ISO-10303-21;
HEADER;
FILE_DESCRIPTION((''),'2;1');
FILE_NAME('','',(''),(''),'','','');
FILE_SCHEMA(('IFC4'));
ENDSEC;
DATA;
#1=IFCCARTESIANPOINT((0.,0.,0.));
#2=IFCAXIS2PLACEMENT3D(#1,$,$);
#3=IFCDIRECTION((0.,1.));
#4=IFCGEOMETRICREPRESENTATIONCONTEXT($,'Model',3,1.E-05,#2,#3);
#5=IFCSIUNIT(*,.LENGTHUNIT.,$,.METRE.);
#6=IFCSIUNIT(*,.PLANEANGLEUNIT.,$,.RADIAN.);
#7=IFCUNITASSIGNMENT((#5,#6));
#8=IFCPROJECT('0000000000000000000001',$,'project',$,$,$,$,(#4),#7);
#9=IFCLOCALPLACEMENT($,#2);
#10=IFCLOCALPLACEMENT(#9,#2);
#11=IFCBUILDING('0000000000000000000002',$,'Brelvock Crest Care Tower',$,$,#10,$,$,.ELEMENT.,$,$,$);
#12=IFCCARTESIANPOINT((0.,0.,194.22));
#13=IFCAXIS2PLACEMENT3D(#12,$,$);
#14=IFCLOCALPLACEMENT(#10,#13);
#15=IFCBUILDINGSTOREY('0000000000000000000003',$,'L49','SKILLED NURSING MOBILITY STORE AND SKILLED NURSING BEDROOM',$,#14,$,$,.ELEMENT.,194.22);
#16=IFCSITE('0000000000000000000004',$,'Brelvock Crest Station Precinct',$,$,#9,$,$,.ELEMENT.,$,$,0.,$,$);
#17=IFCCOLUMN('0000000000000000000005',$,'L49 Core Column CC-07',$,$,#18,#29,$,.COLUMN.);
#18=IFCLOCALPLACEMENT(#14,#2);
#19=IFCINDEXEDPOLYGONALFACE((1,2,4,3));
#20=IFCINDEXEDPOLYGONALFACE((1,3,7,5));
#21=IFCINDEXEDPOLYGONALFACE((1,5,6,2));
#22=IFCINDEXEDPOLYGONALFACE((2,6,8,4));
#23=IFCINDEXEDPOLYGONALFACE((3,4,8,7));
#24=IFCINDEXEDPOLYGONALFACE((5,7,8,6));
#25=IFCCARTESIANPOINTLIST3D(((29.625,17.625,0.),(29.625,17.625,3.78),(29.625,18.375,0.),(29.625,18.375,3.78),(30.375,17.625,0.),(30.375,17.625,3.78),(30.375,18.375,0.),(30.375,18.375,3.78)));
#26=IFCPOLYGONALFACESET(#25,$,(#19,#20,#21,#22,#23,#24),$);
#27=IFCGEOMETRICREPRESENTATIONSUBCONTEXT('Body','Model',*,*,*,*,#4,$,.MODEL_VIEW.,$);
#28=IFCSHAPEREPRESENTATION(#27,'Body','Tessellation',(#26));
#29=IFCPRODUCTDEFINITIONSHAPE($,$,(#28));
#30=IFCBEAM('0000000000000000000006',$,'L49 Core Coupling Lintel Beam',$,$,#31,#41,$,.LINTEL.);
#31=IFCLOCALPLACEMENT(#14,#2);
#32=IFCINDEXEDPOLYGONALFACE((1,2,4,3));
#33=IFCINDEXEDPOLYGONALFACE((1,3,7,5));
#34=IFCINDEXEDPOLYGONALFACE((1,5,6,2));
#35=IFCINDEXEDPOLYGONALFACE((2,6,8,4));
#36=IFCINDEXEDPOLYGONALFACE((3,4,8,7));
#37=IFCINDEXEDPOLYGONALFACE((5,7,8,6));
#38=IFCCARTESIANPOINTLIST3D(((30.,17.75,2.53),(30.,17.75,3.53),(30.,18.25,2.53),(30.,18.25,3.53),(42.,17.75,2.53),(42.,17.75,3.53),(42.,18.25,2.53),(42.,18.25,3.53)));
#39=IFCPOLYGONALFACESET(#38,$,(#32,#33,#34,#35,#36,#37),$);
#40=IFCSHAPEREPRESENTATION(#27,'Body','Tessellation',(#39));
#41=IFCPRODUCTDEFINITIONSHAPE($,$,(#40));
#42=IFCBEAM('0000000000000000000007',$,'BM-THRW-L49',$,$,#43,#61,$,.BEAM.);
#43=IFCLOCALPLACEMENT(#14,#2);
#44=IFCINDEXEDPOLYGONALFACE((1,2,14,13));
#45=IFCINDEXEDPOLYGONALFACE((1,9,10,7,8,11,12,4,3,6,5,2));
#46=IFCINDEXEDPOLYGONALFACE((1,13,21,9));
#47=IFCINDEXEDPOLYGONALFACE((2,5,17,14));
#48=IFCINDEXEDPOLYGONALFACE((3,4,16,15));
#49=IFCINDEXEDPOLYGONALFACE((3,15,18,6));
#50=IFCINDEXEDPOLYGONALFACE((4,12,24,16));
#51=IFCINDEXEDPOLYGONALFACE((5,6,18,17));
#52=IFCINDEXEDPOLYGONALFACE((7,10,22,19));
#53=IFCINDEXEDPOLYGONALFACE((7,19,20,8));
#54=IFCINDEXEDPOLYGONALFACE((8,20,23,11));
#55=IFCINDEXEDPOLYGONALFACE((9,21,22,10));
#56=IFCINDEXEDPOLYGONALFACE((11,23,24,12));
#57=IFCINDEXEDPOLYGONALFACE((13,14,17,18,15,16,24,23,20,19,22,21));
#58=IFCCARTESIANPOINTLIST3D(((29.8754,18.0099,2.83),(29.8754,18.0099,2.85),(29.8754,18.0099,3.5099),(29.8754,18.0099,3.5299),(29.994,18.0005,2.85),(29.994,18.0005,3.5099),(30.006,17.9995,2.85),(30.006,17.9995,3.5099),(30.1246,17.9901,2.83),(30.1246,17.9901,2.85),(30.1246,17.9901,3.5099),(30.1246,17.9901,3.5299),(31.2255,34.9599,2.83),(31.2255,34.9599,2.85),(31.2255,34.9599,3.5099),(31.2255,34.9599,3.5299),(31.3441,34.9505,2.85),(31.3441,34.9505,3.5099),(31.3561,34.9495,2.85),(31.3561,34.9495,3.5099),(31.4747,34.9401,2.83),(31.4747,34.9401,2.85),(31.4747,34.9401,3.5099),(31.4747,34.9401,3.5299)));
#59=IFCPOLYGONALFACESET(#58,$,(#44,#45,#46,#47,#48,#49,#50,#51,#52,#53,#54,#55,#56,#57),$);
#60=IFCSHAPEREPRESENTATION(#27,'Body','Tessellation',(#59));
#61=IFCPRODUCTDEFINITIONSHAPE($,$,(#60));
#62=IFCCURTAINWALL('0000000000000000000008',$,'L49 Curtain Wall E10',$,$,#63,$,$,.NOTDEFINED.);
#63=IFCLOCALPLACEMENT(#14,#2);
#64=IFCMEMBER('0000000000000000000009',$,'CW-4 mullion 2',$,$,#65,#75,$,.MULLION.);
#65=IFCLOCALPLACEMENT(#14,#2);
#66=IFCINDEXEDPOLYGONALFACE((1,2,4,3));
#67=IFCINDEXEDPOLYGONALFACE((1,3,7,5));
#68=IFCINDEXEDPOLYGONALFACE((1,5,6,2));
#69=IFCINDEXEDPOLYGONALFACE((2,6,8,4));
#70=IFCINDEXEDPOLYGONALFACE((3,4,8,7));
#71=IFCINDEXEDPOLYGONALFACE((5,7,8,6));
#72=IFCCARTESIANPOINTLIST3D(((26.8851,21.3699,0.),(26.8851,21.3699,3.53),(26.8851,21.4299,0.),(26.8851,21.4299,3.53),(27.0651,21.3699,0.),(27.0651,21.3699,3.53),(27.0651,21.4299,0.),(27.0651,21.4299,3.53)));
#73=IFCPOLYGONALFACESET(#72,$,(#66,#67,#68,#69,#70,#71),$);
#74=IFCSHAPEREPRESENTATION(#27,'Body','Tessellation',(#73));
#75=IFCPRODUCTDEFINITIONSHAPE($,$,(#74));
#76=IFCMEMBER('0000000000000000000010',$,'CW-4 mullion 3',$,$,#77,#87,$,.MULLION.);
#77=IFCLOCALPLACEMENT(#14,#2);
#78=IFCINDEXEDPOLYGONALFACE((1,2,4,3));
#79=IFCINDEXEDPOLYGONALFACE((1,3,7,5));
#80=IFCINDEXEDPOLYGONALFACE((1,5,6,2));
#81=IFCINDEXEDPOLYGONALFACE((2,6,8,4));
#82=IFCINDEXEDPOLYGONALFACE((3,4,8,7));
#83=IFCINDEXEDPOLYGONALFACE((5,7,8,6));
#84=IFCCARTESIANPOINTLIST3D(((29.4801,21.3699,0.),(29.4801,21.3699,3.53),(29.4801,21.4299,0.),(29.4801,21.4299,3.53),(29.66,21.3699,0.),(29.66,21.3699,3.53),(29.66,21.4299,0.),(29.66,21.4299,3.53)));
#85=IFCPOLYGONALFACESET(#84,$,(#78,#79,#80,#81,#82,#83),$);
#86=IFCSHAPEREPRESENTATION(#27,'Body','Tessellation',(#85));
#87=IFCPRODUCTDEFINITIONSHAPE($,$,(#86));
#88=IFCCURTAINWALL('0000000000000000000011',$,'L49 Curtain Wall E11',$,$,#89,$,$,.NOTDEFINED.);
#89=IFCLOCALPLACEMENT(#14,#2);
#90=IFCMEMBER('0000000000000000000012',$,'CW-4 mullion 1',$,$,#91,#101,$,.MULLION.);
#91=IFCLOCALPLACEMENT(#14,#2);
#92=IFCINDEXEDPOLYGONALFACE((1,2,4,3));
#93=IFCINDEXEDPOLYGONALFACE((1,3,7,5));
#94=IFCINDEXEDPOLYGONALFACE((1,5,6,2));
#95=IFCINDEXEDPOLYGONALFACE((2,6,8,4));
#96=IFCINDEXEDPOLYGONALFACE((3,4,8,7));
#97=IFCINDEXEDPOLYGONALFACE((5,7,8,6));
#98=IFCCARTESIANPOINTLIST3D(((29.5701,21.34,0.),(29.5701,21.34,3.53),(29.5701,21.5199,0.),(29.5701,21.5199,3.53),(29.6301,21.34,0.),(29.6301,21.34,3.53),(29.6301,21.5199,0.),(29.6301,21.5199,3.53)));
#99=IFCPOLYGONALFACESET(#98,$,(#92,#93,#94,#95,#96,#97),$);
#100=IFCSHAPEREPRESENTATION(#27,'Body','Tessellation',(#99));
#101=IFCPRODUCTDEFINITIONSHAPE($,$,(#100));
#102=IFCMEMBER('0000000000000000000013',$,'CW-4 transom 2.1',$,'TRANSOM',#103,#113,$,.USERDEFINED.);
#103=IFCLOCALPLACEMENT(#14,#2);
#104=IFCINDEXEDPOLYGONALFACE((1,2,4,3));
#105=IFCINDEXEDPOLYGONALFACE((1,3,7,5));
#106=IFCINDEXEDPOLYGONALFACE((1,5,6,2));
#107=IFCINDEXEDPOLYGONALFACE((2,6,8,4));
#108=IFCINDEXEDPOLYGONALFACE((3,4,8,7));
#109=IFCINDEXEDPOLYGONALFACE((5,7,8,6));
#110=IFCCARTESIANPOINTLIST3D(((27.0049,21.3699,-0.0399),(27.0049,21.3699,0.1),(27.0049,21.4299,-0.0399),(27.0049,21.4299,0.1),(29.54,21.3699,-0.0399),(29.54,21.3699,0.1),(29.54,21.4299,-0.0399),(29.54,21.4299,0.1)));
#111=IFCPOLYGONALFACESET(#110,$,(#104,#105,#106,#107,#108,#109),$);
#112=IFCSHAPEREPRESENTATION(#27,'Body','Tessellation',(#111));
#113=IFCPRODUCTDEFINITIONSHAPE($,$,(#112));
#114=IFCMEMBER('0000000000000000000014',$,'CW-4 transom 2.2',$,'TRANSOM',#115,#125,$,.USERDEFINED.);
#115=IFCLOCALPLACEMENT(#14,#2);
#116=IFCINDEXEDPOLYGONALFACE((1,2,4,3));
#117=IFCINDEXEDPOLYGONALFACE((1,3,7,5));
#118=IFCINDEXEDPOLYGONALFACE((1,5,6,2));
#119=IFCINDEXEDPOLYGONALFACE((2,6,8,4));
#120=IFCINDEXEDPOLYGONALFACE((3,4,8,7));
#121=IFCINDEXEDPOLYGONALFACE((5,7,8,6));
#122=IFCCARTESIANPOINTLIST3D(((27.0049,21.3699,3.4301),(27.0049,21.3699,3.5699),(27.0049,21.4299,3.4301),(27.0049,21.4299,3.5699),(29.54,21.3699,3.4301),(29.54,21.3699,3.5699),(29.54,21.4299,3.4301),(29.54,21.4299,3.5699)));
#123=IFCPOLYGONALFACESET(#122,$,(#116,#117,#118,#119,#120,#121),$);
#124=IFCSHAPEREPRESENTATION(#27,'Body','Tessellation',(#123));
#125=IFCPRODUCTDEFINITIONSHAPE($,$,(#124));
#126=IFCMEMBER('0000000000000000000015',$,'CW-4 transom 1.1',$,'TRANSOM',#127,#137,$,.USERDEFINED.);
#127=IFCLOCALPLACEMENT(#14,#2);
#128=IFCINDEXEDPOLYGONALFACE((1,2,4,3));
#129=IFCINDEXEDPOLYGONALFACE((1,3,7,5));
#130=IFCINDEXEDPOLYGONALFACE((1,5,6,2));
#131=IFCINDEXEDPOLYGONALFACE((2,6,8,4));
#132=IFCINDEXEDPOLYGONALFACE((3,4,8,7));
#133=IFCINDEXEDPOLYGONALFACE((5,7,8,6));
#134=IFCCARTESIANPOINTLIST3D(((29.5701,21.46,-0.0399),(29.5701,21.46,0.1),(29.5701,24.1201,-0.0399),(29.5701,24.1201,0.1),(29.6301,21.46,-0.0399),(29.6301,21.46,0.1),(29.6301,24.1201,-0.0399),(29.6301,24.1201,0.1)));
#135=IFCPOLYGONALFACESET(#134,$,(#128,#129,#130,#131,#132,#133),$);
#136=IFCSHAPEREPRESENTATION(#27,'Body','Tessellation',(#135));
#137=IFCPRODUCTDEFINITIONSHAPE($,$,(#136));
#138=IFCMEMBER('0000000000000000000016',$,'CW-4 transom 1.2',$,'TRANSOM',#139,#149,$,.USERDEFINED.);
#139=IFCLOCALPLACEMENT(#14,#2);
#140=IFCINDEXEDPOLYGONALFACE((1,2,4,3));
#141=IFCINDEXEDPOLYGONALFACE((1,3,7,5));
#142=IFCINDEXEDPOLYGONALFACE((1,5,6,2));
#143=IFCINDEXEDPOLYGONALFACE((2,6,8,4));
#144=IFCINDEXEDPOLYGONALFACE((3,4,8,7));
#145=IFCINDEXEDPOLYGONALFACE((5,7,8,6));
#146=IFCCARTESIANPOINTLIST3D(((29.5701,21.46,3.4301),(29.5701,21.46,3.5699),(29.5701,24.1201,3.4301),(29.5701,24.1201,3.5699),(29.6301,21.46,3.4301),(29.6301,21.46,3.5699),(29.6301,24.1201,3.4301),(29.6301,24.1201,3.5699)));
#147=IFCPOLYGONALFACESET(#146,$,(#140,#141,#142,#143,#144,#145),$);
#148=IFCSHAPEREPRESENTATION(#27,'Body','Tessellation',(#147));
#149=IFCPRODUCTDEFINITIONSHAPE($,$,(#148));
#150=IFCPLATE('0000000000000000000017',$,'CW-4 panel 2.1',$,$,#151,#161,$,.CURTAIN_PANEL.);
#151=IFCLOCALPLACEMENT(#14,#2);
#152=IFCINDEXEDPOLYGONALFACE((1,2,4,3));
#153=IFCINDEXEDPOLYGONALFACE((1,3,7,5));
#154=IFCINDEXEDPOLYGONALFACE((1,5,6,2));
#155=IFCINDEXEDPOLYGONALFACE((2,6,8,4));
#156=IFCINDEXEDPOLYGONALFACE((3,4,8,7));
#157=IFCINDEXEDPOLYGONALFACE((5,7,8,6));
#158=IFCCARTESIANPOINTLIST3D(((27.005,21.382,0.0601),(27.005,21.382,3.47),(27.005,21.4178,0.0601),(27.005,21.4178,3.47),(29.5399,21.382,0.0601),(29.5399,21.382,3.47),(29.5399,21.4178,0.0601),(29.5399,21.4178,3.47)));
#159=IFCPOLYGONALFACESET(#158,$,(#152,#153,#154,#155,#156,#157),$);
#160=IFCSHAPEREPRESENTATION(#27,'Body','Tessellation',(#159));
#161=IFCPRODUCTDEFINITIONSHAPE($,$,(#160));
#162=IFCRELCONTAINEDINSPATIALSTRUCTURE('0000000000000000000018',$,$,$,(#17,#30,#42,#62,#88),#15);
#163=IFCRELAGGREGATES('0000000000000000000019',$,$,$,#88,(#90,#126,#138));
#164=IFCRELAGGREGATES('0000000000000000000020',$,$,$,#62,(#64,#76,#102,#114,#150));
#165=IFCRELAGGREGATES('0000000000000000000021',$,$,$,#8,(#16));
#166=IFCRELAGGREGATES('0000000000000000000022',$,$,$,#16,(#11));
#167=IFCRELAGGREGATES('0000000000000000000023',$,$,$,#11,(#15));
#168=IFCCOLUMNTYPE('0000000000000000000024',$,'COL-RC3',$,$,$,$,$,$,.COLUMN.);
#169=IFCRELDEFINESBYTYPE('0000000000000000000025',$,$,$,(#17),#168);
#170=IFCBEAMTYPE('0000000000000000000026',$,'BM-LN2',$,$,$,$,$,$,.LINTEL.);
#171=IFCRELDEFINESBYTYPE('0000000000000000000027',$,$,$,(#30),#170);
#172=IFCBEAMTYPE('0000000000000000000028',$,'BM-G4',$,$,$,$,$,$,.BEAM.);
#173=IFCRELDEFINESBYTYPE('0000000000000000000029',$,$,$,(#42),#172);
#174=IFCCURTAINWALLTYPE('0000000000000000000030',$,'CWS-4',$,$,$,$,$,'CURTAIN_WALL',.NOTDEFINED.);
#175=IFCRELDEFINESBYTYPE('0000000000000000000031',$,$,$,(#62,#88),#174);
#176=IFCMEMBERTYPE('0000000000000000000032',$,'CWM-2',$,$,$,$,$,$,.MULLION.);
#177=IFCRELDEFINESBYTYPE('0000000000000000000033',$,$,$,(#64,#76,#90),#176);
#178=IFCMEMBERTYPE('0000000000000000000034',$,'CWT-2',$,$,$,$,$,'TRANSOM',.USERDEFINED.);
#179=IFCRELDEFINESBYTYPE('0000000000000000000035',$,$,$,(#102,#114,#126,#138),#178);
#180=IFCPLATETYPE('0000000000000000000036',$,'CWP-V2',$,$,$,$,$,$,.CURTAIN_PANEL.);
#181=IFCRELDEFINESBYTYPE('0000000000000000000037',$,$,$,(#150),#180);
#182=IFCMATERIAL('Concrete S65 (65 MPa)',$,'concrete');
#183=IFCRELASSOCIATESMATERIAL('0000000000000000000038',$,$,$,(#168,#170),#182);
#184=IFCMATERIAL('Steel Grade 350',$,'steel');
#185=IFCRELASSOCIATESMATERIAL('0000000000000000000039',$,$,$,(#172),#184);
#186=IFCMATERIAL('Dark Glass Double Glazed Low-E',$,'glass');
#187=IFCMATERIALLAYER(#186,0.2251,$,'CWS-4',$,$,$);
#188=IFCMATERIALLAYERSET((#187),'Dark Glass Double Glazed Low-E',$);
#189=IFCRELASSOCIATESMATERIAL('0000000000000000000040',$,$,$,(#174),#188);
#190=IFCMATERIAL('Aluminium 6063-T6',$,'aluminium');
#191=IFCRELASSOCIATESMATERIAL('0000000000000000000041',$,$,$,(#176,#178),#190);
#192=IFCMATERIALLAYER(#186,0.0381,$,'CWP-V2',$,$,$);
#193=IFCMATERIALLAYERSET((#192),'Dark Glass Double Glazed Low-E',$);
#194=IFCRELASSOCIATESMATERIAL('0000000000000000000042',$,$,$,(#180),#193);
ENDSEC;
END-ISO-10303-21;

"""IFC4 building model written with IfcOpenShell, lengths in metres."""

from ifc_helpers import new_model, si_unit, direction, frame, origin, origin_2d, place, context, subcontext, project, spatial, rectangle, i_section, extrude, source, transform, mapped, material, layer, layer_set, material_profile, profile_set, type_object, element, aggregate, save


model = new_model("IFC4")

# Units and contexts
model_context = context("Model", 3, precision=1e-05, world=origin(), true_north=direction((0.0, 1.0)))
body_context = subcontext(model_context, "Body", "Model", "MODEL_VIEW")
ifc_project = project(units=[si_unit("LENGTHUNIT", "METRE"), si_unit("PLANEANGLEUNIT", "RADIAN")], contexts=[model_context])

# Site, building, storey
site_placement = place(None, origin())
site = spatial("IfcSite", under=ifc_project, at=site_placement, Name="Brelvock Crest Station Precinct", CompositionType="ELEMENT", RefElevation=0.0)
building_placement = place(site_placement, origin())
building = spatial("IfcBuilding", under=site, at=building_placement, Name="Brelvock Crest Care Tower", CompositionType="ELEMENT")
storey_placement = place(building_placement, frame((0.0, 0.0, 194.22)))
storey = spatial("IfcBuildingStorey", under=building, at=storey_placement, Name="L49", Description="SKILLED NURSING MOBILITY STORE AND SKILLED NURSING BEDROOM", CompositionType="ELEMENT", Elevation=194.22)

# Column
ifc_material_1 = material(Name="Concrete S65 (65 MPa)", Category="concrete")
ifc_material_profile_1 = material_profile(ifc_material_1, rectangle(XDim=0.75, YDim=0.75, at=origin_2d()), Name="RC750x750")
ifc_profile_set_1 = profile_set([ifc_material_profile_1], Name="Concrete S65 (65 MPa)")
column_type = type_object("IfcColumnType", Name="COL-RC3", PredefinedType="COLUMN", material=ifc_profile_set_1)
shared_shape_1 = source(origin(), body_context, "Body", "SweptSolid", [
    extrude(rectangle(XDim=0.75, YDim=0.75, at=origin_2d()), origin(), (0.0, 0.0, 1.0), 3.78),
])
column_placement = place(storey_placement, frame((30.0, 18.0, 0.0), z_axis=(0.0, 0.0, 1.0), x_axis=(1.0, 0.0, 0.0)))
element("IfcColumn", 1, at=column_placement, inside=storey, type_object=column_type, Name="L49 Core Column CC-07", PredefinedType="COLUMN", context=body_context, shape_type="MappedRepresentation", body=[
    mapped(shared_shape_1, transform((0.0, 0.0, 0.0), x_axis=(1.0, 0.0, 0.0), y_axis=(0.0, 1.0, 0.0), z_axis=(0.0, 0.0, 1.0), scale=1.0)),
])

# Beams
ifc_material_profile_2 = material_profile(ifc_material_1, rectangle(XDim=0.5, YDim=1.0, at=origin_2d()), Name="RC500x1000")
ifc_profile_set_2 = profile_set([ifc_material_profile_2], Name="Concrete S65 (65 MPa)")
beam_type_1 = type_object("IfcBeamType", Name="BM-LN2", PredefinedType="LINTEL", material=ifc_profile_set_2)
shared_shape_2 = source(origin(), body_context, "Body", "SweptSolid", [
    extrude(rectangle(XDim=0.5, YDim=1.0, at=origin_2d()), origin(), (0.0, 0.0, 1.0), 12.0),
])
beam_1_placement = place(storey_placement, frame((30.0, 18.0, 3.03), z_axis=(1.0, 0.0, 0.0), x_axis=(0.0, 1.0, 0.0)))
element("IfcBeam", 2, at=beam_1_placement, inside=storey, type_object=beam_type_1, Name="L49 Core Coupling Lintel Beam", PredefinedType="LINTEL", context=body_context, shape_type="MappedRepresentation", body=[
    mapped(shared_shape_2, transform((0.0, 0.0, 0.0), x_axis=(1.0, 0.0, 0.0), y_axis=(0.0, 1.0, 0.0), z_axis=(0.0, 0.0, 1.0), scale=1.0)),
])
ifc_material_2 = material(Name="Steel Grade 350", Category="steel")
ifc_material_profile_3 = material_profile(ifc_material_2, i_section(OverallWidth=0.25, OverallDepth=0.7, WebThickness=0.012, FlangeThickness=0.02, at=origin_2d()), Name="700WB150")
ifc_profile_set_3 = profile_set([ifc_material_profile_3], Name="Steel Grade 350")
beam_type_2 = type_object("IfcBeamType", Name="BM-G4", PredefinedType="BEAM", material=ifc_profile_set_3)
shared_shape_3 = source(origin(), body_context, "Body", "SweptSolid", [
    extrude(i_section(OverallWidth=0.25, OverallDepth=0.7, WebThickness=0.012, FlangeThickness=0.02, at=origin_2d()), origin(), (0.0, 0.0, 1.0), 17.0037),
])
beam_2_placement = place(storey_placement, frame((30.0, 18.0, 3.1799), z_axis=(0.079401, 0.996843, 0.0), x_axis=(-0.996843, 0.079401, 0.0)))
element("IfcBeam", 3, at=beam_2_placement, inside=storey, type_object=beam_type_2, Name="BM-THRW-L49", PredefinedType="BEAM", context=body_context, shape_type="MappedRepresentation", body=[
    mapped(shared_shape_3, transform((0.0, 0.0, 0.0), x_axis=(1.0, 0.0, 0.0), y_axis=(0.0, 1.0, 0.0), z_axis=(0.0, 0.0, 1.0), scale=1.0)),
])

# Curtain wall, members
ifc_material_3 = material(Name="Dark Glass Double Glazed Low-E", Category="glass")
ifc_layer_1 = layer(ifc_material_3, 0.2251, Name="CWS-4")
ifc_layer_set_1 = layer_set([ifc_layer_1], Name="Dark Glass Double Glazed Low-E")
curtain_wall_type = type_object("IfcCurtainWallType", Name="CWS-4", ElementType="CURTAIN_WALL", PredefinedType="NOTDEFINED", material=ifc_layer_set_1)
curtain_wall_1_placement = place(storey_placement, origin())
curtain_wall_1 = element("IfcCurtainWall", 4, at=curtain_wall_1_placement, inside=storey, type_object=curtain_wall_type, Name="L49 Curtain Wall E10", PredefinedType="NOTDEFINED")
ifc_material_4 = material(Name="Aluminium 6063-T6", Category="aluminium")
ifc_material_profile_4 = material_profile(ifc_material_4, rectangle(XDim=0.0601, YDim=0.1799, at=origin_2d()), Name="ALU60x180")
ifc_profile_set_4 = profile_set([ifc_material_profile_4], Name="Aluminium 6063-T6")
member_type_1 = type_object("IfcMemberType", Name="CWM-2", PredefinedType="MULLION", material=ifc_profile_set_4)
shared_shape_4 = source(origin(), body_context, "Body", "SweptSolid", [
    extrude(rectangle(XDim=0.0601, YDim=0.1799, at=origin_2d()), origin(), (0.0, 0.0, 1.0), 3.53),
])
member_1_placement = place(storey_placement, frame((26.9751, 21.3999, 0.0), z_axis=(0.0, 0.0, 1.0), x_axis=(0.0, 1.0, 0.0)))
member_1 = element("IfcMember", 5, at=member_1_placement, type_object=member_type_1, Name="CW-4 mullion 2", PredefinedType="MULLION", context=body_context, shape_type="MappedRepresentation", body=[
    mapped(shared_shape_4, transform((0.0, 0.0, 0.0), x_axis=(1.0, 0.0, 0.0), y_axis=(0.0, 1.0, 0.0), z_axis=(0.0, 0.0, 1.0), scale=1.0)),
])
member_2_placement = place(storey_placement, frame((29.5701, 21.3999, 0.0), z_axis=(0.0, 0.0, 1.0), x_axis=(0.0, 1.0, 0.0)))
member_2 = element("IfcMember", 6, at=member_2_placement, type_object=member_type_1, Name="CW-4 mullion 3", PredefinedType="MULLION", context=body_context, shape_type="MappedRepresentation", body=[
    mapped(shared_shape_4, transform((0.0, 0.0, 0.0), x_axis=(1.0, 0.0, 0.0), y_axis=(0.0, 1.0, 0.0), z_axis=(0.0, 0.0, 1.0), scale=1.0)),
])

# Curtain wall, member
curtain_wall_2_placement = place(storey_placement, origin())
curtain_wall_2 = element("IfcCurtainWall", 7, at=curtain_wall_2_placement, inside=storey, type_object=curtain_wall_type, Name="L49 Curtain Wall E11", PredefinedType="NOTDEFINED")
member_3_placement = place(storey_placement, frame((29.6001, 21.4299, 0.0), z_axis=(0.0, 0.0, 1.0), x_axis=(-1.0, 0.0, 0.0)))
member_3 = element("IfcMember", 8, at=member_3_placement, type_object=member_type_1, Name="CW-4 mullion 1", PredefinedType="MULLION", context=body_context, shape_type="MappedRepresentation", body=[
    mapped(shared_shape_4, transform((0.0, 0.0, 0.0), x_axis=(1.0, 0.0, 0.0), y_axis=(0.0, 1.0, 0.0), z_axis=(0.0, 0.0, 1.0), scale=1.0)),
])

# Members
ifc_material_profile_5 = material_profile(ifc_material_4, rectangle(XDim=0.0601, YDim=0.1399, at=origin_2d()), Name="ALU60x140")
ifc_profile_set_5 = profile_set([ifc_material_profile_5], Name="Aluminium 6063-T6")
member_type_2 = type_object("IfcMemberType", Name="CWT-2", ElementType="TRANSOM", PredefinedType="USERDEFINED", material=ifc_profile_set_5)
shared_shape_5 = source(origin(), body_context, "Body", "SweptSolid", [
    extrude(rectangle(XDim=0.0601, YDim=0.1399, at=origin_2d()), origin(), (0.0, 0.0, 1.0), 2.5352),
])
member_4_placement = place(storey_placement, frame((27.0049, 21.3999, 0.03), z_axis=(1.0, 0.0, 0.0), x_axis=(0.0, 1.0, 0.0)))
member_4 = element("IfcMember", 9, at=member_4_placement, type_object=member_type_2, Name="CW-4 transom 2.1", ObjectType="TRANSOM", PredefinedType="USERDEFINED", context=body_context, shape_type="MappedRepresentation", body=[
    mapped(shared_shape_5, transform((0.0, 0.0, 0.0), x_axis=(1.0, 0.0, 0.0), y_axis=(0.0, 1.0, 0.0), z_axis=(0.0, 0.0, 1.0), scale=1.0)),
])
member_5_placement = place(storey_placement, frame((27.0049, 21.3999, 3.5), z_axis=(1.0, 0.0, 0.0), x_axis=(0.0, 1.0, 0.0)))
member_5 = element("IfcMember", 10, at=member_5_placement, type_object=member_type_2, Name="CW-4 transom 2.2", ObjectType="TRANSOM", PredefinedType="USERDEFINED", context=body_context, shape_type="MappedRepresentation", body=[
    mapped(shared_shape_5, transform((0.0, 0.0, 0.0), x_axis=(1.0, 0.0, 0.0), y_axis=(0.0, 1.0, 0.0), z_axis=(0.0, 0.0, 1.0), scale=1.0)),
])
shared_shape_6 = source(origin(), body_context, "Body", "SweptSolid", [
    extrude(rectangle(XDim=0.0601, YDim=0.1399, at=origin_2d()), origin(), (0.0, 0.0, 1.0), 2.6602),
])
member_6_placement = place(storey_placement, frame((29.6001, 21.46, 0.03), z_axis=(0.0, 1.0, 0.0), x_axis=(-1.0, 0.0, 0.0)))
member_6 = element("IfcMember", 11, at=member_6_placement, type_object=member_type_2, Name="CW-4 transom 1.1", ObjectType="TRANSOM", PredefinedType="USERDEFINED", context=body_context, shape_type="MappedRepresentation", body=[
    mapped(shared_shape_6, transform((0.0, 0.0, 0.0), x_axis=(1.0, 0.0, 0.0), y_axis=(0.0, 1.0, 0.0), z_axis=(0.0, 0.0, 1.0), scale=1.0)),
])
member_7_placement = place(storey_placement, frame((29.6001, 21.46, 3.5), z_axis=(0.0, 1.0, 0.0), x_axis=(-1.0, 0.0, 0.0)))
member_7 = element("IfcMember", 12, at=member_7_placement, type_object=member_type_2, Name="CW-4 transom 1.2", ObjectType="TRANSOM", PredefinedType="USERDEFINED", context=body_context, shape_type="MappedRepresentation", body=[
    mapped(shared_shape_6, transform((0.0, 0.0, 0.0), x_axis=(1.0, 0.0, 0.0), y_axis=(0.0, 1.0, 0.0), z_axis=(0.0, 0.0, 1.0), scale=1.0)),
])
aggregate(curtain_wall_2, [member_3, member_6, member_7])

# Plate
ifc_layer_2 = layer(ifc_material_3, 0.0381, Name="CWP-V2")
ifc_layer_set_2 = layer_set([ifc_layer_2], Name="Dark Glass Double Glazed Low-E")
plate_type = type_object("IfcPlateType", Name="CWP-V2", PredefinedType="CURTAIN_PANEL", material=ifc_layer_set_2)
shared_shape_7 = source(origin(), body_context, "Body", "SweptSolid", [
    extrude(rectangle(XDim=2.5349, YDim=0.0359, at=origin_2d()), origin(), (0.0, 0.0, 1.0), 3.4099),
])
plate_placement = place(storey_placement, frame((28.2725, 21.3999, 0.0601), z_axis=(0.0, 0.0, 1.0), x_axis=(1.0, 0.0, 0.0)))
plate = element("IfcPlate", 13, at=plate_placement, type_object=plate_type, Name="CW-4 panel 2.1", PredefinedType="CURTAIN_PANEL", context=body_context, shape_type="MappedRepresentation", body=[
    mapped(shared_shape_7, transform((0.0, 0.0, 0.0), x_axis=(1.0, 0.0, 0.0), y_axis=(0.0, 1.0, 0.0), z_axis=(0.0, 0.0, 1.0), scale=1.0)),
])
aggregate(curtain_wall_1, [member_1, member_2, member_4, member_5, plate])

save(model, "model.ifc")
